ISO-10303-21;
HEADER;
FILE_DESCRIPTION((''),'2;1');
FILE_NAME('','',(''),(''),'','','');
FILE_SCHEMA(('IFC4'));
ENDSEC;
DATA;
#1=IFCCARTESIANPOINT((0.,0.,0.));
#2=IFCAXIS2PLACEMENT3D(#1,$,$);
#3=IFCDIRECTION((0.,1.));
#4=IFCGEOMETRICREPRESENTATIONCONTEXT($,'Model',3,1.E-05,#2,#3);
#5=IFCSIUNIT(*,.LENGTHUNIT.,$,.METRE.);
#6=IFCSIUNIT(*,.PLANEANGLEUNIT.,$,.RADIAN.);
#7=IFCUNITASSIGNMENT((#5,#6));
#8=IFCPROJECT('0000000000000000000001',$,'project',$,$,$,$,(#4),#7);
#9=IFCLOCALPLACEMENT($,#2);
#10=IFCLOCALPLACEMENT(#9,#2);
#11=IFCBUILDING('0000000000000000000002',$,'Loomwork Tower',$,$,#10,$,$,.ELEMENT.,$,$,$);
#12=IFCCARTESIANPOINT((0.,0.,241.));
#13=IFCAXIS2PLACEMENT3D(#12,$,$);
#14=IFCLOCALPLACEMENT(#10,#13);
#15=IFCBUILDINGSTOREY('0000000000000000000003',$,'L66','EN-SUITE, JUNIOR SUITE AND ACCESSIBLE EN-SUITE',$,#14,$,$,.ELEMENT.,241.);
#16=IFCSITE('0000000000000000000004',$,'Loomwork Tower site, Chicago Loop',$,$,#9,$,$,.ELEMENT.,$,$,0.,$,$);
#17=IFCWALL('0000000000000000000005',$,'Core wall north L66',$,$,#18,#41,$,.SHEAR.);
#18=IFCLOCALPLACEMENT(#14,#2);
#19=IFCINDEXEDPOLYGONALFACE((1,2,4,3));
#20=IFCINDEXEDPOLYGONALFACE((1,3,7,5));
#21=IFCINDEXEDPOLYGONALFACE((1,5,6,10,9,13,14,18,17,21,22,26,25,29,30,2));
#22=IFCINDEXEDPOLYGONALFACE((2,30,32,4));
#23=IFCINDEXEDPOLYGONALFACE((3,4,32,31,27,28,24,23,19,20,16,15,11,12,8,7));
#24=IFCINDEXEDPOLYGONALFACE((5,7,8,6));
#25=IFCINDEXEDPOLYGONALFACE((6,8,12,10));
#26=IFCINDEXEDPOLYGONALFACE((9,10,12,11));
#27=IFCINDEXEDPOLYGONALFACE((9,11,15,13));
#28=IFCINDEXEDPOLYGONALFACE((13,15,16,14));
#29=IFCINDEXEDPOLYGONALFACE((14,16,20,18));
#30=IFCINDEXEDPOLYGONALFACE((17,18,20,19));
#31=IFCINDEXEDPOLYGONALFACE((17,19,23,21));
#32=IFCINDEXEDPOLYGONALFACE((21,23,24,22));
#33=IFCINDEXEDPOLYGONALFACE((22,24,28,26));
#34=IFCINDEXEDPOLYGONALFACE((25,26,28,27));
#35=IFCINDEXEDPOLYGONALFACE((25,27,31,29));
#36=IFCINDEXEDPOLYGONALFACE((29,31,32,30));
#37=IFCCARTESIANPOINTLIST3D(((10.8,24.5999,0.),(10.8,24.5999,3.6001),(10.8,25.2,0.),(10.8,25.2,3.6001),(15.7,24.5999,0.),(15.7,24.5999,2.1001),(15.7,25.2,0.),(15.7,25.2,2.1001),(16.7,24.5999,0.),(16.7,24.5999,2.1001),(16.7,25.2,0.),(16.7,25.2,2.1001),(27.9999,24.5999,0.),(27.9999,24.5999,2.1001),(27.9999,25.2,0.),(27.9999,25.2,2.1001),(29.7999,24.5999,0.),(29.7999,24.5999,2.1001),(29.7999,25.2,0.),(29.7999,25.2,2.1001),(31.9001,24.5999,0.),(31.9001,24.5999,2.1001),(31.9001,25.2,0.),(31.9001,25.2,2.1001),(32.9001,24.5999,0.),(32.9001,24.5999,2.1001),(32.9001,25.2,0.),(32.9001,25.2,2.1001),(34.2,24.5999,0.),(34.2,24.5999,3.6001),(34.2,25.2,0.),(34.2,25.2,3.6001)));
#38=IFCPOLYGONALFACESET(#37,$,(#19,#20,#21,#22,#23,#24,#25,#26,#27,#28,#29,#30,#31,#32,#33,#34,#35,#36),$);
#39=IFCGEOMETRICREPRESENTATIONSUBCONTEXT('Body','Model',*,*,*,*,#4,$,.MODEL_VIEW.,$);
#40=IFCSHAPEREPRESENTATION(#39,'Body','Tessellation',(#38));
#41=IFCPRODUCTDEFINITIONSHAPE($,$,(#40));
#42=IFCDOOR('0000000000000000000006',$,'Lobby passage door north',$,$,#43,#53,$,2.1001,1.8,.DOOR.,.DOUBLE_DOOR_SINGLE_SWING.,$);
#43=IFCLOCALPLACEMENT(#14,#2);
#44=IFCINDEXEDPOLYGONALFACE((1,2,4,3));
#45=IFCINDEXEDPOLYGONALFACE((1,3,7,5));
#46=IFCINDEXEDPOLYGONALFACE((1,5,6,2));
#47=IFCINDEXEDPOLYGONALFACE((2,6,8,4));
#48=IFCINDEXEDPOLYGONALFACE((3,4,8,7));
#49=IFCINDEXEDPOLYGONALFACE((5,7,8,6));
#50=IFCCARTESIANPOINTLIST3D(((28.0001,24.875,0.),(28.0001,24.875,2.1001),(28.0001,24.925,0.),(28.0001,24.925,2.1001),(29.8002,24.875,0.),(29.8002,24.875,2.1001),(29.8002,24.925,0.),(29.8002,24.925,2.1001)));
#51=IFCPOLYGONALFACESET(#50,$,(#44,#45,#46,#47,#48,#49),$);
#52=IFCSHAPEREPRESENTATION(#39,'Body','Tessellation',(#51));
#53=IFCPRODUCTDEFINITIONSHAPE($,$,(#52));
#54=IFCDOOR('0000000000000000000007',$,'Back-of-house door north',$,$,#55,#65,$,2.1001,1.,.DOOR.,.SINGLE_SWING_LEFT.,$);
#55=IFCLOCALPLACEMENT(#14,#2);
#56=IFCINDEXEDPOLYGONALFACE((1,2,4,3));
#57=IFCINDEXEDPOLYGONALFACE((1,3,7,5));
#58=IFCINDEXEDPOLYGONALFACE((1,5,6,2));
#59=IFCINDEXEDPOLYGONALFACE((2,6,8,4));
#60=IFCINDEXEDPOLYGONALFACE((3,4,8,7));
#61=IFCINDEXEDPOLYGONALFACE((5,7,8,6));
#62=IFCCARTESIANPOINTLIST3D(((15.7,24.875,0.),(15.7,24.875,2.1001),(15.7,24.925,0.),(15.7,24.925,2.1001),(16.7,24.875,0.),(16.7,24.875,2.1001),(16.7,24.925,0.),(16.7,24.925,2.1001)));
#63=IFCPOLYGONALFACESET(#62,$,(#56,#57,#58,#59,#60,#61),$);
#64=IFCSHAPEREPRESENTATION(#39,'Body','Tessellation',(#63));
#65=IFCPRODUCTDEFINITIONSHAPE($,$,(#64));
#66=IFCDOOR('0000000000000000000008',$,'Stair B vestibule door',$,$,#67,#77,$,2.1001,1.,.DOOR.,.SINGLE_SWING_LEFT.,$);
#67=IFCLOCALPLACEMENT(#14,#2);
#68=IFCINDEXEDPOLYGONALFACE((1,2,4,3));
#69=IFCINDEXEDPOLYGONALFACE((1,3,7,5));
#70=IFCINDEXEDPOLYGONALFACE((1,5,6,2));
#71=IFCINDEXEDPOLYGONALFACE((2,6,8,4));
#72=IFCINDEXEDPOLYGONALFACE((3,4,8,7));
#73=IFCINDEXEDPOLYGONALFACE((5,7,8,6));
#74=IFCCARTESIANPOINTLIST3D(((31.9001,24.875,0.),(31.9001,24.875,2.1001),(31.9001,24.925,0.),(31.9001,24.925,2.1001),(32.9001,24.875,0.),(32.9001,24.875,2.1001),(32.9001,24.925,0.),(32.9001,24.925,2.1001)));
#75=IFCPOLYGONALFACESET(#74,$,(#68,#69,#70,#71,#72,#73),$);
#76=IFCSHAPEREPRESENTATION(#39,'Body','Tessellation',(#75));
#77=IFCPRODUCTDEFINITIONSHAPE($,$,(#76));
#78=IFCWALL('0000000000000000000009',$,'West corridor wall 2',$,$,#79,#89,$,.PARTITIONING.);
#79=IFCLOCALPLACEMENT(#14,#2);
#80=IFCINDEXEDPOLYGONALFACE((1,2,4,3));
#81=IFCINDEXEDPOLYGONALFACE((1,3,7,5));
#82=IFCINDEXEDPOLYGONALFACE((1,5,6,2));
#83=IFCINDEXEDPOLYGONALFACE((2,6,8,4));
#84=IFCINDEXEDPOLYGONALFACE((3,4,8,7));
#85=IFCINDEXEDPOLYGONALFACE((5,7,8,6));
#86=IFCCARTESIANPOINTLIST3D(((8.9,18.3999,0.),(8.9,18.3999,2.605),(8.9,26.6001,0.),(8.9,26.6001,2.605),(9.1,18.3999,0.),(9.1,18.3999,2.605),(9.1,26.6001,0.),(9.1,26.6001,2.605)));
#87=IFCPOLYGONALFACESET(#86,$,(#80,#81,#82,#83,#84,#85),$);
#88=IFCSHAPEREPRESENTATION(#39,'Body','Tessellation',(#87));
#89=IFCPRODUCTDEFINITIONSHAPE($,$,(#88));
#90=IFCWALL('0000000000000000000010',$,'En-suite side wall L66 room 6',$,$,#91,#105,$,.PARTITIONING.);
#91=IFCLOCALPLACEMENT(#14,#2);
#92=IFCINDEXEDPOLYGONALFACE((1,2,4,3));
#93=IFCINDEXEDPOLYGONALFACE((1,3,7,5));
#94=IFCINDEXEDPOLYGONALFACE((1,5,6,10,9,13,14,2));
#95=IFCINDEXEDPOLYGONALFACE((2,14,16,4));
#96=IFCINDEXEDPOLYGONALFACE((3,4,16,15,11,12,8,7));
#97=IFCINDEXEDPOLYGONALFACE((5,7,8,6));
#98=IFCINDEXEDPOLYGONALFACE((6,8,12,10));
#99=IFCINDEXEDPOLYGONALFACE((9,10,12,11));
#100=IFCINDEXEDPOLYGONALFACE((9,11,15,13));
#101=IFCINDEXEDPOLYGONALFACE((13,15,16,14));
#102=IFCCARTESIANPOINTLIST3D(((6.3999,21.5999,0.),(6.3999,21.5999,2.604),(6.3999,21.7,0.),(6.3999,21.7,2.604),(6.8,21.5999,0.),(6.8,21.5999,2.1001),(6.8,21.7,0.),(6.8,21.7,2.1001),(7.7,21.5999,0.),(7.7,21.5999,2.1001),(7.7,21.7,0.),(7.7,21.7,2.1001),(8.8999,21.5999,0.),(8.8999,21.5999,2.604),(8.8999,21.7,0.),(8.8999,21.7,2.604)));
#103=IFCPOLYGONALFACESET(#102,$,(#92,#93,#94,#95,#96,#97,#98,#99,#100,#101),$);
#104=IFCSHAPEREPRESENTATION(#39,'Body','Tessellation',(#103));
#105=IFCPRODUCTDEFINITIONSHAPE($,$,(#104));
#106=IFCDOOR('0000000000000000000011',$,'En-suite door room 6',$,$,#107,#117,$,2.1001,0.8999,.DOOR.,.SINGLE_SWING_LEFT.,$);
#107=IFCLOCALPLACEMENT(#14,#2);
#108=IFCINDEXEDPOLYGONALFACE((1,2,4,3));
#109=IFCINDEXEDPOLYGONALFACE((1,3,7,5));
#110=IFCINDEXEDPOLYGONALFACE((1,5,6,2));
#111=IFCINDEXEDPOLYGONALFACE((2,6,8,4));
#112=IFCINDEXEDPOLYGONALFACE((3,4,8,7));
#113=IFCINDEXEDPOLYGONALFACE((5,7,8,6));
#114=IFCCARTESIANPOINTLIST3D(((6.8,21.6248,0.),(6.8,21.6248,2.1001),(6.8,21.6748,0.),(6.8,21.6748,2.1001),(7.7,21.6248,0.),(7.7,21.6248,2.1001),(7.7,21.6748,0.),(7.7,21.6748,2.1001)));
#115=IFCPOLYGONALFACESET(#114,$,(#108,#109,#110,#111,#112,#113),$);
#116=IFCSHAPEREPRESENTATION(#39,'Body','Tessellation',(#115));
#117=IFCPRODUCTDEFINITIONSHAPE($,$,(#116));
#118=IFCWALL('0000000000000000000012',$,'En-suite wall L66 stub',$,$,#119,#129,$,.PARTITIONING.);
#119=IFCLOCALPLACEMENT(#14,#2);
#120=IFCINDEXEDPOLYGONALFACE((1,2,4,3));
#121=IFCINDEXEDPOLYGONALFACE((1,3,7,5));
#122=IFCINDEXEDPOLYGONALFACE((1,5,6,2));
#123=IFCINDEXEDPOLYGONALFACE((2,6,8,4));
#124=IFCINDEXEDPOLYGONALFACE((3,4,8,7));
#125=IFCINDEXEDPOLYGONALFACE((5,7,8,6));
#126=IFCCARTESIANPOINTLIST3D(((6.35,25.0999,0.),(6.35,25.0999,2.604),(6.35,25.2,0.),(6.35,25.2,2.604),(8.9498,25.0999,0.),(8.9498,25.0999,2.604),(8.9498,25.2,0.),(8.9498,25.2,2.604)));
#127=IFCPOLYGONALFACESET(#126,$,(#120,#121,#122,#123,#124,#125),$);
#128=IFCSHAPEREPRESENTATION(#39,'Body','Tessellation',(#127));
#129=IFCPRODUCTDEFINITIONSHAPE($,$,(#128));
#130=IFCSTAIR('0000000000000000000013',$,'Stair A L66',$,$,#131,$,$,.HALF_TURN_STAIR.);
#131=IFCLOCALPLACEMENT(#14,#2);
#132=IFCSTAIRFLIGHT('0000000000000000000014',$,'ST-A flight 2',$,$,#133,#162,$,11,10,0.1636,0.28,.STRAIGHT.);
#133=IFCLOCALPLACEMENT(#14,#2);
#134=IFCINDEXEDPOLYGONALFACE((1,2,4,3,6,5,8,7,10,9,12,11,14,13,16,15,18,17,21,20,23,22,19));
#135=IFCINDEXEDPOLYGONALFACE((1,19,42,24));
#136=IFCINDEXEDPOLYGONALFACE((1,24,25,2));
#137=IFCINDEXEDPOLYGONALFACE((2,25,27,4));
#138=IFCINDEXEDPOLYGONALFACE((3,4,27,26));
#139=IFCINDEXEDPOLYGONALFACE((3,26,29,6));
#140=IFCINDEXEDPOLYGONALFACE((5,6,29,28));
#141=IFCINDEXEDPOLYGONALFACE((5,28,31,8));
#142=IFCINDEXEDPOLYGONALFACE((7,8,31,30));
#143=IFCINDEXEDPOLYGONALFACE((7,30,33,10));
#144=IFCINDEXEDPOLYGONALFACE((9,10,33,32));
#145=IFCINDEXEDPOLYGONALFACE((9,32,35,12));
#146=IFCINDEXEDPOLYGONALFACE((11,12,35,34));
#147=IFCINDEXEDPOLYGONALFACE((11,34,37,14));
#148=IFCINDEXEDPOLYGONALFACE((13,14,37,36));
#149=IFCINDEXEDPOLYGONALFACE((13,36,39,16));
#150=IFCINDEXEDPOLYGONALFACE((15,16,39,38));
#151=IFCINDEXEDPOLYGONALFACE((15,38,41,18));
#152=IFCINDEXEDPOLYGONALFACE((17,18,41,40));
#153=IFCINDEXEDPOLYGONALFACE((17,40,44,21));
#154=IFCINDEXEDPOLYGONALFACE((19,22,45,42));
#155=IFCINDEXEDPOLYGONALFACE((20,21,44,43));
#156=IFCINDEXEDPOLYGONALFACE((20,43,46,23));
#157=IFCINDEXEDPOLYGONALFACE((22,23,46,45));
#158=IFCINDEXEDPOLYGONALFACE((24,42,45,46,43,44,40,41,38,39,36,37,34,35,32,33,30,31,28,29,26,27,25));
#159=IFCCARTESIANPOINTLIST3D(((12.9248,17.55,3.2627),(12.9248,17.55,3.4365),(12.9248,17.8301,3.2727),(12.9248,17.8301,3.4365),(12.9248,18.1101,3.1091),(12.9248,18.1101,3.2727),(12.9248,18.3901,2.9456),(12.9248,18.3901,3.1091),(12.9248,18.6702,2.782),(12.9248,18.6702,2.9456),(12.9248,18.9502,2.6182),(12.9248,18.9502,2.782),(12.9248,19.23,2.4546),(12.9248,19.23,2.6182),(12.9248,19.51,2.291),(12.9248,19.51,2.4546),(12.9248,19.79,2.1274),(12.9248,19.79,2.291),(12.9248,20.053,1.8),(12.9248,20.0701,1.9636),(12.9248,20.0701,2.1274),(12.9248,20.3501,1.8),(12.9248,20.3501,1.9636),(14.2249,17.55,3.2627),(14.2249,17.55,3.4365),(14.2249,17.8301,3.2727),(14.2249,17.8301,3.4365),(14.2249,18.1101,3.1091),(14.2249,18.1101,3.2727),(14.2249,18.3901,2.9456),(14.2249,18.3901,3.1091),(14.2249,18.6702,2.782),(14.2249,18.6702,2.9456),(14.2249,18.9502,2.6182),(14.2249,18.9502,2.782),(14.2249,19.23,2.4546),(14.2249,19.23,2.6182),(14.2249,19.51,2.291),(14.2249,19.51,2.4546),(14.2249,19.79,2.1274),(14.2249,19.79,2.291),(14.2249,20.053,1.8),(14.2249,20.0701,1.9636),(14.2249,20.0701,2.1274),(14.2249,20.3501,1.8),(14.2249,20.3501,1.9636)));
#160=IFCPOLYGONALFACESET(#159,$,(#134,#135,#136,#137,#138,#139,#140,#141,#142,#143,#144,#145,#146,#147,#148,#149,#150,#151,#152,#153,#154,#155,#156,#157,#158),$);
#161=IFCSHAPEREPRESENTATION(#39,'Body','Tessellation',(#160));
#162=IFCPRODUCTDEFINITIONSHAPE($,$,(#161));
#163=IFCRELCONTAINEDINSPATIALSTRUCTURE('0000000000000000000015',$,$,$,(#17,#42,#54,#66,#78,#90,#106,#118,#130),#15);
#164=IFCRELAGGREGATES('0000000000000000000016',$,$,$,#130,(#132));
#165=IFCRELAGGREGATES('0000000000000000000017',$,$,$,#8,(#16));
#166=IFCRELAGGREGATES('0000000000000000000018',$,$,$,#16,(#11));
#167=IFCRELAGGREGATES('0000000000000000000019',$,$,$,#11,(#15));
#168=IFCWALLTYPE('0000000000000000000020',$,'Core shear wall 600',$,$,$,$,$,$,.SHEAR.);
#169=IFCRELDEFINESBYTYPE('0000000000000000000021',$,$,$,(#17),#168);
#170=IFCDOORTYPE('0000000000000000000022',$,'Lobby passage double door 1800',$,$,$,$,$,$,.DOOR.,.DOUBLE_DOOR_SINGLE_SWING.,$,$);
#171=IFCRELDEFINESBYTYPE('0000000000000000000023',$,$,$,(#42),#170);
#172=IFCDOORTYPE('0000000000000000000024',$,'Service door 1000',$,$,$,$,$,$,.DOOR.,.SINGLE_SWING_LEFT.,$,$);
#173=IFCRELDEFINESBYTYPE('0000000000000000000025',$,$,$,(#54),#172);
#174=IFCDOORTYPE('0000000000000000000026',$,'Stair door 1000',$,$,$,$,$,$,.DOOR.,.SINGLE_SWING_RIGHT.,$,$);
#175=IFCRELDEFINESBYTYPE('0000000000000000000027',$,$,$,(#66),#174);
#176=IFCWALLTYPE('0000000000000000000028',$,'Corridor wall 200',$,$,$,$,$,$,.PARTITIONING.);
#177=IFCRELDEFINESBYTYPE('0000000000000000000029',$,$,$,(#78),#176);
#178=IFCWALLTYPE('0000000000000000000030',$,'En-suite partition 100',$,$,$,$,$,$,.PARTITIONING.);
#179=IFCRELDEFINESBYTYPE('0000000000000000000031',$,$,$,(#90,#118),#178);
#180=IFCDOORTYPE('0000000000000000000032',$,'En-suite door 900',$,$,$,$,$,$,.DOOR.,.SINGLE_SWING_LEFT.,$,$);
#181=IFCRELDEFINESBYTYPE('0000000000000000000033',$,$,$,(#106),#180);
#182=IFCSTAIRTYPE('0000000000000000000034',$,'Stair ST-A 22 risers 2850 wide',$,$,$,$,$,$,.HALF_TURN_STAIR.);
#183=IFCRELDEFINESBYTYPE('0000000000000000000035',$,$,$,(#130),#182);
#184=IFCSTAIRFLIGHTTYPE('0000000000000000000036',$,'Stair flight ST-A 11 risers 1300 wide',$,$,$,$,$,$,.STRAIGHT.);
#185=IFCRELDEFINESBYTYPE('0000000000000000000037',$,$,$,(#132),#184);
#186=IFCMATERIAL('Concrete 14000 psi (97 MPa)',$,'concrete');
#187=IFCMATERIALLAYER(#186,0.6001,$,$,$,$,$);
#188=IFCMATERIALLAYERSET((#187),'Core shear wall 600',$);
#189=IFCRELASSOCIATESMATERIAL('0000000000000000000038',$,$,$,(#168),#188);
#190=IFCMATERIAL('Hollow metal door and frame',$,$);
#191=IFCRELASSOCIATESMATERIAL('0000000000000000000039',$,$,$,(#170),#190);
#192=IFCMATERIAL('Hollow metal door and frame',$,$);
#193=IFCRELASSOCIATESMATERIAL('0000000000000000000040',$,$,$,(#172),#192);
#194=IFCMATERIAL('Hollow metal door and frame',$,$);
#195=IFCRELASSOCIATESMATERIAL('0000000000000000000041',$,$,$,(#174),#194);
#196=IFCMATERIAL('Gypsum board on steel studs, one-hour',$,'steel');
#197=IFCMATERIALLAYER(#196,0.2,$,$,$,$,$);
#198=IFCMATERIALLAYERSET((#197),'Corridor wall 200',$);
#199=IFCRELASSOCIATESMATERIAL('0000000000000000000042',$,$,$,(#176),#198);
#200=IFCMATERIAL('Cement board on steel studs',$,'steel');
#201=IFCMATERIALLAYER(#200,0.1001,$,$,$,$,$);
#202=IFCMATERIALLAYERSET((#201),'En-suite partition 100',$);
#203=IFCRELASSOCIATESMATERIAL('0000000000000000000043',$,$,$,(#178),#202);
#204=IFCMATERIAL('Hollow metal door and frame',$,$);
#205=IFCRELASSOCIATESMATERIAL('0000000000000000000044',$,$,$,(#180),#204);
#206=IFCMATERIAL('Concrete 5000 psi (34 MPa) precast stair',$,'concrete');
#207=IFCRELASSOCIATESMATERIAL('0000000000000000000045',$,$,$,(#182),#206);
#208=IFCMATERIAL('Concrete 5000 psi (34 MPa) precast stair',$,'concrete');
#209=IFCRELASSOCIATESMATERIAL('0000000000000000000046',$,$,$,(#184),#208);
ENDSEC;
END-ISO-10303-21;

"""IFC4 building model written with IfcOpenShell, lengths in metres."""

from ifc_helpers import new_model, si_unit, direction, frame, frame_2d, origin, place, context, subcontext, project, spatial, polyline, rectangle, outline, extrude, material, layer, layer_set, type_object, element, fill, aggregate, save


model = new_model("IFC4")

# Units and contexts
model_context = context("Model", 3, precision=1e-05, world=origin(), true_north=direction((0.0, 1.0)))
body_context = subcontext(model_context, "Body", "Model", "MODEL_VIEW")
ifc_project = project(units=[si_unit("LENGTHUNIT", "METRE"), si_unit("PLANEANGLEUNIT", "RADIAN")], contexts=[model_context])

# Site, building, storey
site_placement = place(None, origin())
site = spatial("IfcSite", under=ifc_project, at=site_placement, Name="Loomwork Tower site, Chicago Loop", CompositionType="ELEMENT", RefElevation=0.0)
building_placement = place(site_placement, origin())
building = spatial("IfcBuilding", under=site, at=building_placement, Name="Loomwork Tower", CompositionType="ELEMENT")
storey_placement = place(building_placement, frame((0.0, 0.0, 241.0)))
storey = spatial("IfcBuildingStorey", under=building, at=storey_placement, Name="L66", Description="EN-SUITE, JUNIOR SUITE AND ACCESSIBLE EN-SUITE", CompositionType="ELEMENT", Elevation=241.0)

# Wall, openings, doors
ifc_material_1 = material(Name="Concrete 14000 psi (97 MPa)", Category="concrete")
ifc_layer_1 = layer(ifc_material_1, 0.6001)
ifc_layer_set_1 = layer_set([ifc_layer_1], Name="Core shear wall 600")
wall_type_1 = type_object("IfcWallType", Name="Core shear wall 600", PredefinedType="SHEAR", material=ifc_layer_set_1)
wall_1_placement = place(storey_placement, frame((10.8, 24.8999, 0.0), z_axis=(0.0, 0.0, 1.0), x_axis=(1.0, 0.0, 0.0)))
wall_1 = element("IfcWall", 1, at=wall_1_placement, inside=storey, type_object=wall_type_1, Name="Core wall north L66", PredefinedType="SHEAR", context=body_context, shape_type="SweptSolid", body=[
    extrude(rectangle(XDim=23.3999, YDim=0.6001, at=frame_2d((11.7, 0.0))), origin(), (0.0, 0.0, 1.0), 3.6001),
])
opening_1_placement = place(wall_1_placement, frame((17.2, 0.0, 0.0)))
opening_1 = element("IfcOpeningElement", 2, at=opening_1_placement, cuts=wall_1, PredefinedType="OPENING", context=body_context, shape_type="SweptSolid", body=[
    extrude(rectangle(XDim=1.8, YDim=2.1001, at=frame_2d((0.8999, 1.05))), frame((0.0, 0.3101, 0.0), z_axis=(0.0, -1.0, 0.0), x_axis=(1.0, 0.0, 0.0)), (0.0, 0.0, 1.0), 0.6201),
])
opening_2_placement = place(wall_1_placement, frame((21.1001, 0.0, 0.0)))
opening_2 = element("IfcOpeningElement", 3, at=opening_2_placement, cuts=wall_1, PredefinedType="OPENING", context=body_context, shape_type="SweptSolid", body=[
    extrude(rectangle(XDim=1.0, YDim=2.1001, at=frame_2d((0.5, 1.05))), frame((0.0, 0.3101, 0.0), z_axis=(0.0, -1.0, 0.0), x_axis=(1.0, 0.0, 0.0)), (0.0, 0.0, 1.0), 0.6201),
])
opening_3_placement = place(wall_1_placement, frame((4.8999, 0.0, 0.0)))
opening_3 = element("IfcOpeningElement", 4, at=opening_3_placement, cuts=wall_1, PredefinedType="OPENING", context=body_context, shape_type="SweptSolid", body=[
    extrude(rectangle(XDim=1.0, YDim=2.1001, at=frame_2d((0.5, 1.05))), frame((0.0, 0.3101, 0.0), z_axis=(0.0, -1.0, 0.0), x_axis=(1.0, 0.0, 0.0)), (0.0, 0.0, 1.0), 0.6201),
])
ifc_material_2 = material(Name="Hollow metal door and frame")
door_type_1 = type_object("IfcDoorType", Name="Lobby passage double door 1800", OperationType="DOUBLE_DOOR_SINGLE_SWING", PredefinedType="DOOR", material=ifc_material_2)
door_1_placement = place(opening_1_placement, frame((1.8, 0.0, 0.0), z_axis=(0.0, 0.0, 1.0), x_axis=(-1.0, 0.0, 0.0)))
door_1 = element("IfcDoor", 5, at=door_1_placement, inside=storey, type_object=door_type_1, Name="Lobby passage door north", OperationType="DOUBLE_DOOR_SINGLE_SWING", OverallHeight=2.1001, OverallWidth=1.8, PredefinedType="DOOR", context=body_context, shape_type="SweptSolid", body=[
    extrude(rectangle(XDim=1.8, YDim=2.1001, at=frame_2d((0.8999, 1.05))), frame((0.0, 0.0249, 0.0), z_axis=(0.0, -1.0, 0.0), x_axis=(1.0, 0.0, 0.0)), (0.0, 0.0, 1.0), 0.05),
])
fill(opening_1, door_1)
ifc_material_3 = material(Name="Hollow metal door and frame")
door_type_2 = type_object("IfcDoorType", Name="Service door 1000", OperationType="SINGLE_SWING_LEFT", PredefinedType="DOOR", material=ifc_material_3)
door_2_placement = place(opening_3_placement, frame((1.0, 0.0, 0.0), z_axis=(0.0, 0.0, 1.0), x_axis=(-1.0, 0.0, 0.0)))
door_2 = element("IfcDoor", 6, at=door_2_placement, inside=storey, type_object=door_type_2, Name="Back-of-house door north", OperationType="SINGLE_SWING_LEFT", OverallHeight=2.1001, OverallWidth=1.0, PredefinedType="DOOR", context=body_context, shape_type="SweptSolid", body=[
    extrude(rectangle(XDim=1.0, YDim=2.1001, at=frame_2d((0.5, 1.05))), frame((0.0, 0.0249, 0.0), z_axis=(0.0, -1.0, 0.0), x_axis=(1.0, 0.0, 0.0)), (0.0, 0.0, 1.0), 0.05),
])
fill(opening_3, door_2)
ifc_material_4 = material(Name="Hollow metal door and frame")
door_type_3 = type_object("IfcDoorType", Name="Stair door 1000", OperationType="SINGLE_SWING_RIGHT", PredefinedType="DOOR", material=ifc_material_4)
door_3_placement = place(opening_2_placement, frame((1.0, 0.0, 0.0), z_axis=(0.0, 0.0, 1.0), x_axis=(-1.0, 0.0, 0.0)))
door_3 = element("IfcDoor", 7, at=door_3_placement, inside=storey, type_object=door_type_3, Name="Stair B vestibule door", OperationType="SINGLE_SWING_LEFT", OverallHeight=2.1001, OverallWidth=1.0, PredefinedType="DOOR", context=body_context, shape_type="SweptSolid", body=[
    extrude(rectangle(XDim=1.0, YDim=2.1001, at=frame_2d((0.5, 1.05))), frame((0.0, 0.0249, 0.0), z_axis=(0.0, -1.0, 0.0), x_axis=(1.0, 0.0, 0.0)), (0.0, 0.0, 1.0), 0.05),
])
fill(opening_2, door_3)

# Wall
ifc_material_5 = material(Name="Gypsum board on steel studs, one-hour", Category="steel")
ifc_layer_2 = layer(ifc_material_5, 0.2)
ifc_layer_set_2 = layer_set([ifc_layer_2], Name="Corridor wall 200")
wall_type_2 = type_object("IfcWallType", Name="Corridor wall 200", PredefinedType="PARTITIONING", material=ifc_layer_set_2)
wall_2_placement = place(storey_placement, frame((9.0, 18.3999, 0.0), z_axis=(0.0, 0.0, 1.0), x_axis=(0.0, 1.0, 0.0)))
element("IfcWall", 8, at=wall_2_placement, inside=storey, type_object=wall_type_2, Name="West corridor wall 2", PredefinedType="PARTITIONING", context=body_context, shape_type="SweptSolid", body=[
    extrude(rectangle(XDim=8.2002, YDim=0.2, at=frame_2d((4.1001, 0.0))), origin(), (0.0, 0.0, 1.0), 2.605),
])

# Wall, opening, door
ifc_material_6 = material(Name="Cement board on steel studs", Category="steel")
ifc_layer_3 = layer(ifc_material_6, 0.1001)
ifc_layer_set_3 = layer_set([ifc_layer_3], Name="En-suite partition 100")
wall_type_3 = type_object("IfcWallType", Name="En-suite partition 100", PredefinedType="PARTITIONING", material=ifc_layer_set_3)
wall_3_placement = place(storey_placement, frame((8.8999, 21.6499, 0.0), z_axis=(0.0, 0.0, 1.0), x_axis=(-1.0, 0.0, 0.0)))
wall_3 = element("IfcWall", 9, at=wall_3_placement, inside=storey, type_object=wall_type_3, Name="En-suite side wall L66 room 6", PredefinedType="PARTITIONING", context=body_context, shape_type="SweptSolid", body=[
    extrude(rectangle(XDim=2.5, YDim=0.1001, at=frame_2d((1.25, 0.0))), origin(), (0.0, 0.0, 1.0), 2.604),
])
opening_4_placement = place(wall_3_placement, frame((1.2, 0.0, 0.0)))
opening_4 = element("IfcOpeningElement", 10, at=opening_4_placement, cuts=wall_3, PredefinedType="OPENING", context=body_context, shape_type="SweptSolid", body=[
    extrude(rectangle(XDim=0.8999, YDim=2.1001, at=frame_2d((0.45, 1.05))), frame((0.0, 0.0601, 0.0), z_axis=(0.0, -1.0, 0.0), x_axis=(1.0, 0.0, 0.0)), (0.0, 0.0, 1.0), 0.1201),
])
ifc_material_7 = material(Name="Hollow metal door and frame")
door_type_4 = type_object("IfcDoorType", Name="En-suite door 900", OperationType="SINGLE_SWING_LEFT", PredefinedType="DOOR", material=ifc_material_7)
door_4_placement = place(opening_4_placement, frame((0.8999, 0.0, 0.0), z_axis=(0.0, 0.0, 1.0), x_axis=(-1.0, 0.0, 0.0)))
door_4 = element("IfcDoor", 11, at=door_4_placement, inside=storey, type_object=door_type_4, Name="En-suite door room 6", OperationType="SINGLE_SWING_LEFT", OverallHeight=2.1001, OverallWidth=0.8999, PredefinedType="DOOR", context=body_context, shape_type="SweptSolid", body=[
    extrude(rectangle(XDim=0.8999, YDim=2.1001, at=frame_2d((0.45, 1.05))), frame((0.0, 0.0249, 0.0), z_axis=(0.0, -1.0, 0.0), x_axis=(1.0, 0.0, 0.0)), (0.0, 0.0, 1.0), 0.05),
])
fill(opening_4, door_4)

# Wall
wall_4_placement = place(storey_placement, frame((6.3501, 25.1499, 0.0), z_axis=(0.0, 0.0, 1.0), x_axis=(1.0, 0.0, 0.0)))
element("IfcWall", 12, at=wall_4_placement, inside=storey, type_object=wall_type_3, Name="En-suite wall L66 stub", PredefinedType="PARTITIONING", context=body_context, shape_type="SweptSolid", body=[
    extrude(rectangle(XDim=2.5999, YDim=0.1001, at=frame_2d((1.2998, 0.0))), origin(), (0.0, 0.0, 1.0), 2.604),
])

# Stair, stair flight
ifc_material_8 = material(Name="Concrete 5000 psi (34 MPa) precast stair", Category="concrete")
stair_type = type_object("IfcStairType", Name="Stair ST-A 22 risers 2850 wide", PredefinedType="HALF_TURN_STAIR", material=ifc_material_8)
stair_placement = place(storey_placement, origin())
stair = element("IfcStair", 13, at=stair_placement, inside=storey, type_object=stair_type, Name="Stair A L66", PredefinedType="HALF_TURN_STAIR")
ifc_material_9 = material(Name="Concrete 5000 psi (34 MPa) precast stair", Category="concrete")
stair_flight_type = type_object("IfcStairFlightType", Name="Stair flight ST-A 11 risers 1300 wide", PredefinedType="STRAIGHT", material=ifc_material_9)
stair_flight_placement = place(storey_placement, frame((13.575, 20.3501, 1.8), z_axis=(0.0, 0.0, 1.0), x_axis=(0.0, -1.0, 0.0)))
stair_flight = element("IfcStairFlight", 14, at=stair_flight_placement, type_object=stair_flight_type, Name="ST-A flight 2", NumberOfRisers=11, NumberOfTreads=10, PredefinedType="STRAIGHT", RiserHeight=0.1636, TreadLength=0.28, context=body_context, shape_type="SweptSolid", body=[
    extrude(outline(polyline([(0.0, 0.0), (0.0, 0.1636), (0.28, 0.1636), (0.28, 0.3274), (0.5601, 0.3274), (0.5601, 0.491), (0.8401, 0.491), (0.8401, 0.6545), (1.1201, 0.6545), (1.1201, 0.8181), (1.3999, 0.8181), (1.3999, 0.9819), (1.6799, 0.9819), (1.6799, 1.1455), (1.96, 1.1455), (1.96, 1.3091), (2.24, 1.3091), (2.24, 1.4727), (2.52, 1.4727), (2.52, 1.6365), (2.8, 1.6365), (2.8, 1.8), (2.8, 1.4626), (0.2971, 0.0), (0.0, 0.0)])), frame((0.0, 0.6499, 0.0), z_axis=(0.0, -1.0, 0.0), x_axis=(1.0, 0.0, 0.0)), (0.0, 0.0, 1.0), 1.3),
])
aggregate(stair, [stair_flight])

save(model, "model.ifc")
